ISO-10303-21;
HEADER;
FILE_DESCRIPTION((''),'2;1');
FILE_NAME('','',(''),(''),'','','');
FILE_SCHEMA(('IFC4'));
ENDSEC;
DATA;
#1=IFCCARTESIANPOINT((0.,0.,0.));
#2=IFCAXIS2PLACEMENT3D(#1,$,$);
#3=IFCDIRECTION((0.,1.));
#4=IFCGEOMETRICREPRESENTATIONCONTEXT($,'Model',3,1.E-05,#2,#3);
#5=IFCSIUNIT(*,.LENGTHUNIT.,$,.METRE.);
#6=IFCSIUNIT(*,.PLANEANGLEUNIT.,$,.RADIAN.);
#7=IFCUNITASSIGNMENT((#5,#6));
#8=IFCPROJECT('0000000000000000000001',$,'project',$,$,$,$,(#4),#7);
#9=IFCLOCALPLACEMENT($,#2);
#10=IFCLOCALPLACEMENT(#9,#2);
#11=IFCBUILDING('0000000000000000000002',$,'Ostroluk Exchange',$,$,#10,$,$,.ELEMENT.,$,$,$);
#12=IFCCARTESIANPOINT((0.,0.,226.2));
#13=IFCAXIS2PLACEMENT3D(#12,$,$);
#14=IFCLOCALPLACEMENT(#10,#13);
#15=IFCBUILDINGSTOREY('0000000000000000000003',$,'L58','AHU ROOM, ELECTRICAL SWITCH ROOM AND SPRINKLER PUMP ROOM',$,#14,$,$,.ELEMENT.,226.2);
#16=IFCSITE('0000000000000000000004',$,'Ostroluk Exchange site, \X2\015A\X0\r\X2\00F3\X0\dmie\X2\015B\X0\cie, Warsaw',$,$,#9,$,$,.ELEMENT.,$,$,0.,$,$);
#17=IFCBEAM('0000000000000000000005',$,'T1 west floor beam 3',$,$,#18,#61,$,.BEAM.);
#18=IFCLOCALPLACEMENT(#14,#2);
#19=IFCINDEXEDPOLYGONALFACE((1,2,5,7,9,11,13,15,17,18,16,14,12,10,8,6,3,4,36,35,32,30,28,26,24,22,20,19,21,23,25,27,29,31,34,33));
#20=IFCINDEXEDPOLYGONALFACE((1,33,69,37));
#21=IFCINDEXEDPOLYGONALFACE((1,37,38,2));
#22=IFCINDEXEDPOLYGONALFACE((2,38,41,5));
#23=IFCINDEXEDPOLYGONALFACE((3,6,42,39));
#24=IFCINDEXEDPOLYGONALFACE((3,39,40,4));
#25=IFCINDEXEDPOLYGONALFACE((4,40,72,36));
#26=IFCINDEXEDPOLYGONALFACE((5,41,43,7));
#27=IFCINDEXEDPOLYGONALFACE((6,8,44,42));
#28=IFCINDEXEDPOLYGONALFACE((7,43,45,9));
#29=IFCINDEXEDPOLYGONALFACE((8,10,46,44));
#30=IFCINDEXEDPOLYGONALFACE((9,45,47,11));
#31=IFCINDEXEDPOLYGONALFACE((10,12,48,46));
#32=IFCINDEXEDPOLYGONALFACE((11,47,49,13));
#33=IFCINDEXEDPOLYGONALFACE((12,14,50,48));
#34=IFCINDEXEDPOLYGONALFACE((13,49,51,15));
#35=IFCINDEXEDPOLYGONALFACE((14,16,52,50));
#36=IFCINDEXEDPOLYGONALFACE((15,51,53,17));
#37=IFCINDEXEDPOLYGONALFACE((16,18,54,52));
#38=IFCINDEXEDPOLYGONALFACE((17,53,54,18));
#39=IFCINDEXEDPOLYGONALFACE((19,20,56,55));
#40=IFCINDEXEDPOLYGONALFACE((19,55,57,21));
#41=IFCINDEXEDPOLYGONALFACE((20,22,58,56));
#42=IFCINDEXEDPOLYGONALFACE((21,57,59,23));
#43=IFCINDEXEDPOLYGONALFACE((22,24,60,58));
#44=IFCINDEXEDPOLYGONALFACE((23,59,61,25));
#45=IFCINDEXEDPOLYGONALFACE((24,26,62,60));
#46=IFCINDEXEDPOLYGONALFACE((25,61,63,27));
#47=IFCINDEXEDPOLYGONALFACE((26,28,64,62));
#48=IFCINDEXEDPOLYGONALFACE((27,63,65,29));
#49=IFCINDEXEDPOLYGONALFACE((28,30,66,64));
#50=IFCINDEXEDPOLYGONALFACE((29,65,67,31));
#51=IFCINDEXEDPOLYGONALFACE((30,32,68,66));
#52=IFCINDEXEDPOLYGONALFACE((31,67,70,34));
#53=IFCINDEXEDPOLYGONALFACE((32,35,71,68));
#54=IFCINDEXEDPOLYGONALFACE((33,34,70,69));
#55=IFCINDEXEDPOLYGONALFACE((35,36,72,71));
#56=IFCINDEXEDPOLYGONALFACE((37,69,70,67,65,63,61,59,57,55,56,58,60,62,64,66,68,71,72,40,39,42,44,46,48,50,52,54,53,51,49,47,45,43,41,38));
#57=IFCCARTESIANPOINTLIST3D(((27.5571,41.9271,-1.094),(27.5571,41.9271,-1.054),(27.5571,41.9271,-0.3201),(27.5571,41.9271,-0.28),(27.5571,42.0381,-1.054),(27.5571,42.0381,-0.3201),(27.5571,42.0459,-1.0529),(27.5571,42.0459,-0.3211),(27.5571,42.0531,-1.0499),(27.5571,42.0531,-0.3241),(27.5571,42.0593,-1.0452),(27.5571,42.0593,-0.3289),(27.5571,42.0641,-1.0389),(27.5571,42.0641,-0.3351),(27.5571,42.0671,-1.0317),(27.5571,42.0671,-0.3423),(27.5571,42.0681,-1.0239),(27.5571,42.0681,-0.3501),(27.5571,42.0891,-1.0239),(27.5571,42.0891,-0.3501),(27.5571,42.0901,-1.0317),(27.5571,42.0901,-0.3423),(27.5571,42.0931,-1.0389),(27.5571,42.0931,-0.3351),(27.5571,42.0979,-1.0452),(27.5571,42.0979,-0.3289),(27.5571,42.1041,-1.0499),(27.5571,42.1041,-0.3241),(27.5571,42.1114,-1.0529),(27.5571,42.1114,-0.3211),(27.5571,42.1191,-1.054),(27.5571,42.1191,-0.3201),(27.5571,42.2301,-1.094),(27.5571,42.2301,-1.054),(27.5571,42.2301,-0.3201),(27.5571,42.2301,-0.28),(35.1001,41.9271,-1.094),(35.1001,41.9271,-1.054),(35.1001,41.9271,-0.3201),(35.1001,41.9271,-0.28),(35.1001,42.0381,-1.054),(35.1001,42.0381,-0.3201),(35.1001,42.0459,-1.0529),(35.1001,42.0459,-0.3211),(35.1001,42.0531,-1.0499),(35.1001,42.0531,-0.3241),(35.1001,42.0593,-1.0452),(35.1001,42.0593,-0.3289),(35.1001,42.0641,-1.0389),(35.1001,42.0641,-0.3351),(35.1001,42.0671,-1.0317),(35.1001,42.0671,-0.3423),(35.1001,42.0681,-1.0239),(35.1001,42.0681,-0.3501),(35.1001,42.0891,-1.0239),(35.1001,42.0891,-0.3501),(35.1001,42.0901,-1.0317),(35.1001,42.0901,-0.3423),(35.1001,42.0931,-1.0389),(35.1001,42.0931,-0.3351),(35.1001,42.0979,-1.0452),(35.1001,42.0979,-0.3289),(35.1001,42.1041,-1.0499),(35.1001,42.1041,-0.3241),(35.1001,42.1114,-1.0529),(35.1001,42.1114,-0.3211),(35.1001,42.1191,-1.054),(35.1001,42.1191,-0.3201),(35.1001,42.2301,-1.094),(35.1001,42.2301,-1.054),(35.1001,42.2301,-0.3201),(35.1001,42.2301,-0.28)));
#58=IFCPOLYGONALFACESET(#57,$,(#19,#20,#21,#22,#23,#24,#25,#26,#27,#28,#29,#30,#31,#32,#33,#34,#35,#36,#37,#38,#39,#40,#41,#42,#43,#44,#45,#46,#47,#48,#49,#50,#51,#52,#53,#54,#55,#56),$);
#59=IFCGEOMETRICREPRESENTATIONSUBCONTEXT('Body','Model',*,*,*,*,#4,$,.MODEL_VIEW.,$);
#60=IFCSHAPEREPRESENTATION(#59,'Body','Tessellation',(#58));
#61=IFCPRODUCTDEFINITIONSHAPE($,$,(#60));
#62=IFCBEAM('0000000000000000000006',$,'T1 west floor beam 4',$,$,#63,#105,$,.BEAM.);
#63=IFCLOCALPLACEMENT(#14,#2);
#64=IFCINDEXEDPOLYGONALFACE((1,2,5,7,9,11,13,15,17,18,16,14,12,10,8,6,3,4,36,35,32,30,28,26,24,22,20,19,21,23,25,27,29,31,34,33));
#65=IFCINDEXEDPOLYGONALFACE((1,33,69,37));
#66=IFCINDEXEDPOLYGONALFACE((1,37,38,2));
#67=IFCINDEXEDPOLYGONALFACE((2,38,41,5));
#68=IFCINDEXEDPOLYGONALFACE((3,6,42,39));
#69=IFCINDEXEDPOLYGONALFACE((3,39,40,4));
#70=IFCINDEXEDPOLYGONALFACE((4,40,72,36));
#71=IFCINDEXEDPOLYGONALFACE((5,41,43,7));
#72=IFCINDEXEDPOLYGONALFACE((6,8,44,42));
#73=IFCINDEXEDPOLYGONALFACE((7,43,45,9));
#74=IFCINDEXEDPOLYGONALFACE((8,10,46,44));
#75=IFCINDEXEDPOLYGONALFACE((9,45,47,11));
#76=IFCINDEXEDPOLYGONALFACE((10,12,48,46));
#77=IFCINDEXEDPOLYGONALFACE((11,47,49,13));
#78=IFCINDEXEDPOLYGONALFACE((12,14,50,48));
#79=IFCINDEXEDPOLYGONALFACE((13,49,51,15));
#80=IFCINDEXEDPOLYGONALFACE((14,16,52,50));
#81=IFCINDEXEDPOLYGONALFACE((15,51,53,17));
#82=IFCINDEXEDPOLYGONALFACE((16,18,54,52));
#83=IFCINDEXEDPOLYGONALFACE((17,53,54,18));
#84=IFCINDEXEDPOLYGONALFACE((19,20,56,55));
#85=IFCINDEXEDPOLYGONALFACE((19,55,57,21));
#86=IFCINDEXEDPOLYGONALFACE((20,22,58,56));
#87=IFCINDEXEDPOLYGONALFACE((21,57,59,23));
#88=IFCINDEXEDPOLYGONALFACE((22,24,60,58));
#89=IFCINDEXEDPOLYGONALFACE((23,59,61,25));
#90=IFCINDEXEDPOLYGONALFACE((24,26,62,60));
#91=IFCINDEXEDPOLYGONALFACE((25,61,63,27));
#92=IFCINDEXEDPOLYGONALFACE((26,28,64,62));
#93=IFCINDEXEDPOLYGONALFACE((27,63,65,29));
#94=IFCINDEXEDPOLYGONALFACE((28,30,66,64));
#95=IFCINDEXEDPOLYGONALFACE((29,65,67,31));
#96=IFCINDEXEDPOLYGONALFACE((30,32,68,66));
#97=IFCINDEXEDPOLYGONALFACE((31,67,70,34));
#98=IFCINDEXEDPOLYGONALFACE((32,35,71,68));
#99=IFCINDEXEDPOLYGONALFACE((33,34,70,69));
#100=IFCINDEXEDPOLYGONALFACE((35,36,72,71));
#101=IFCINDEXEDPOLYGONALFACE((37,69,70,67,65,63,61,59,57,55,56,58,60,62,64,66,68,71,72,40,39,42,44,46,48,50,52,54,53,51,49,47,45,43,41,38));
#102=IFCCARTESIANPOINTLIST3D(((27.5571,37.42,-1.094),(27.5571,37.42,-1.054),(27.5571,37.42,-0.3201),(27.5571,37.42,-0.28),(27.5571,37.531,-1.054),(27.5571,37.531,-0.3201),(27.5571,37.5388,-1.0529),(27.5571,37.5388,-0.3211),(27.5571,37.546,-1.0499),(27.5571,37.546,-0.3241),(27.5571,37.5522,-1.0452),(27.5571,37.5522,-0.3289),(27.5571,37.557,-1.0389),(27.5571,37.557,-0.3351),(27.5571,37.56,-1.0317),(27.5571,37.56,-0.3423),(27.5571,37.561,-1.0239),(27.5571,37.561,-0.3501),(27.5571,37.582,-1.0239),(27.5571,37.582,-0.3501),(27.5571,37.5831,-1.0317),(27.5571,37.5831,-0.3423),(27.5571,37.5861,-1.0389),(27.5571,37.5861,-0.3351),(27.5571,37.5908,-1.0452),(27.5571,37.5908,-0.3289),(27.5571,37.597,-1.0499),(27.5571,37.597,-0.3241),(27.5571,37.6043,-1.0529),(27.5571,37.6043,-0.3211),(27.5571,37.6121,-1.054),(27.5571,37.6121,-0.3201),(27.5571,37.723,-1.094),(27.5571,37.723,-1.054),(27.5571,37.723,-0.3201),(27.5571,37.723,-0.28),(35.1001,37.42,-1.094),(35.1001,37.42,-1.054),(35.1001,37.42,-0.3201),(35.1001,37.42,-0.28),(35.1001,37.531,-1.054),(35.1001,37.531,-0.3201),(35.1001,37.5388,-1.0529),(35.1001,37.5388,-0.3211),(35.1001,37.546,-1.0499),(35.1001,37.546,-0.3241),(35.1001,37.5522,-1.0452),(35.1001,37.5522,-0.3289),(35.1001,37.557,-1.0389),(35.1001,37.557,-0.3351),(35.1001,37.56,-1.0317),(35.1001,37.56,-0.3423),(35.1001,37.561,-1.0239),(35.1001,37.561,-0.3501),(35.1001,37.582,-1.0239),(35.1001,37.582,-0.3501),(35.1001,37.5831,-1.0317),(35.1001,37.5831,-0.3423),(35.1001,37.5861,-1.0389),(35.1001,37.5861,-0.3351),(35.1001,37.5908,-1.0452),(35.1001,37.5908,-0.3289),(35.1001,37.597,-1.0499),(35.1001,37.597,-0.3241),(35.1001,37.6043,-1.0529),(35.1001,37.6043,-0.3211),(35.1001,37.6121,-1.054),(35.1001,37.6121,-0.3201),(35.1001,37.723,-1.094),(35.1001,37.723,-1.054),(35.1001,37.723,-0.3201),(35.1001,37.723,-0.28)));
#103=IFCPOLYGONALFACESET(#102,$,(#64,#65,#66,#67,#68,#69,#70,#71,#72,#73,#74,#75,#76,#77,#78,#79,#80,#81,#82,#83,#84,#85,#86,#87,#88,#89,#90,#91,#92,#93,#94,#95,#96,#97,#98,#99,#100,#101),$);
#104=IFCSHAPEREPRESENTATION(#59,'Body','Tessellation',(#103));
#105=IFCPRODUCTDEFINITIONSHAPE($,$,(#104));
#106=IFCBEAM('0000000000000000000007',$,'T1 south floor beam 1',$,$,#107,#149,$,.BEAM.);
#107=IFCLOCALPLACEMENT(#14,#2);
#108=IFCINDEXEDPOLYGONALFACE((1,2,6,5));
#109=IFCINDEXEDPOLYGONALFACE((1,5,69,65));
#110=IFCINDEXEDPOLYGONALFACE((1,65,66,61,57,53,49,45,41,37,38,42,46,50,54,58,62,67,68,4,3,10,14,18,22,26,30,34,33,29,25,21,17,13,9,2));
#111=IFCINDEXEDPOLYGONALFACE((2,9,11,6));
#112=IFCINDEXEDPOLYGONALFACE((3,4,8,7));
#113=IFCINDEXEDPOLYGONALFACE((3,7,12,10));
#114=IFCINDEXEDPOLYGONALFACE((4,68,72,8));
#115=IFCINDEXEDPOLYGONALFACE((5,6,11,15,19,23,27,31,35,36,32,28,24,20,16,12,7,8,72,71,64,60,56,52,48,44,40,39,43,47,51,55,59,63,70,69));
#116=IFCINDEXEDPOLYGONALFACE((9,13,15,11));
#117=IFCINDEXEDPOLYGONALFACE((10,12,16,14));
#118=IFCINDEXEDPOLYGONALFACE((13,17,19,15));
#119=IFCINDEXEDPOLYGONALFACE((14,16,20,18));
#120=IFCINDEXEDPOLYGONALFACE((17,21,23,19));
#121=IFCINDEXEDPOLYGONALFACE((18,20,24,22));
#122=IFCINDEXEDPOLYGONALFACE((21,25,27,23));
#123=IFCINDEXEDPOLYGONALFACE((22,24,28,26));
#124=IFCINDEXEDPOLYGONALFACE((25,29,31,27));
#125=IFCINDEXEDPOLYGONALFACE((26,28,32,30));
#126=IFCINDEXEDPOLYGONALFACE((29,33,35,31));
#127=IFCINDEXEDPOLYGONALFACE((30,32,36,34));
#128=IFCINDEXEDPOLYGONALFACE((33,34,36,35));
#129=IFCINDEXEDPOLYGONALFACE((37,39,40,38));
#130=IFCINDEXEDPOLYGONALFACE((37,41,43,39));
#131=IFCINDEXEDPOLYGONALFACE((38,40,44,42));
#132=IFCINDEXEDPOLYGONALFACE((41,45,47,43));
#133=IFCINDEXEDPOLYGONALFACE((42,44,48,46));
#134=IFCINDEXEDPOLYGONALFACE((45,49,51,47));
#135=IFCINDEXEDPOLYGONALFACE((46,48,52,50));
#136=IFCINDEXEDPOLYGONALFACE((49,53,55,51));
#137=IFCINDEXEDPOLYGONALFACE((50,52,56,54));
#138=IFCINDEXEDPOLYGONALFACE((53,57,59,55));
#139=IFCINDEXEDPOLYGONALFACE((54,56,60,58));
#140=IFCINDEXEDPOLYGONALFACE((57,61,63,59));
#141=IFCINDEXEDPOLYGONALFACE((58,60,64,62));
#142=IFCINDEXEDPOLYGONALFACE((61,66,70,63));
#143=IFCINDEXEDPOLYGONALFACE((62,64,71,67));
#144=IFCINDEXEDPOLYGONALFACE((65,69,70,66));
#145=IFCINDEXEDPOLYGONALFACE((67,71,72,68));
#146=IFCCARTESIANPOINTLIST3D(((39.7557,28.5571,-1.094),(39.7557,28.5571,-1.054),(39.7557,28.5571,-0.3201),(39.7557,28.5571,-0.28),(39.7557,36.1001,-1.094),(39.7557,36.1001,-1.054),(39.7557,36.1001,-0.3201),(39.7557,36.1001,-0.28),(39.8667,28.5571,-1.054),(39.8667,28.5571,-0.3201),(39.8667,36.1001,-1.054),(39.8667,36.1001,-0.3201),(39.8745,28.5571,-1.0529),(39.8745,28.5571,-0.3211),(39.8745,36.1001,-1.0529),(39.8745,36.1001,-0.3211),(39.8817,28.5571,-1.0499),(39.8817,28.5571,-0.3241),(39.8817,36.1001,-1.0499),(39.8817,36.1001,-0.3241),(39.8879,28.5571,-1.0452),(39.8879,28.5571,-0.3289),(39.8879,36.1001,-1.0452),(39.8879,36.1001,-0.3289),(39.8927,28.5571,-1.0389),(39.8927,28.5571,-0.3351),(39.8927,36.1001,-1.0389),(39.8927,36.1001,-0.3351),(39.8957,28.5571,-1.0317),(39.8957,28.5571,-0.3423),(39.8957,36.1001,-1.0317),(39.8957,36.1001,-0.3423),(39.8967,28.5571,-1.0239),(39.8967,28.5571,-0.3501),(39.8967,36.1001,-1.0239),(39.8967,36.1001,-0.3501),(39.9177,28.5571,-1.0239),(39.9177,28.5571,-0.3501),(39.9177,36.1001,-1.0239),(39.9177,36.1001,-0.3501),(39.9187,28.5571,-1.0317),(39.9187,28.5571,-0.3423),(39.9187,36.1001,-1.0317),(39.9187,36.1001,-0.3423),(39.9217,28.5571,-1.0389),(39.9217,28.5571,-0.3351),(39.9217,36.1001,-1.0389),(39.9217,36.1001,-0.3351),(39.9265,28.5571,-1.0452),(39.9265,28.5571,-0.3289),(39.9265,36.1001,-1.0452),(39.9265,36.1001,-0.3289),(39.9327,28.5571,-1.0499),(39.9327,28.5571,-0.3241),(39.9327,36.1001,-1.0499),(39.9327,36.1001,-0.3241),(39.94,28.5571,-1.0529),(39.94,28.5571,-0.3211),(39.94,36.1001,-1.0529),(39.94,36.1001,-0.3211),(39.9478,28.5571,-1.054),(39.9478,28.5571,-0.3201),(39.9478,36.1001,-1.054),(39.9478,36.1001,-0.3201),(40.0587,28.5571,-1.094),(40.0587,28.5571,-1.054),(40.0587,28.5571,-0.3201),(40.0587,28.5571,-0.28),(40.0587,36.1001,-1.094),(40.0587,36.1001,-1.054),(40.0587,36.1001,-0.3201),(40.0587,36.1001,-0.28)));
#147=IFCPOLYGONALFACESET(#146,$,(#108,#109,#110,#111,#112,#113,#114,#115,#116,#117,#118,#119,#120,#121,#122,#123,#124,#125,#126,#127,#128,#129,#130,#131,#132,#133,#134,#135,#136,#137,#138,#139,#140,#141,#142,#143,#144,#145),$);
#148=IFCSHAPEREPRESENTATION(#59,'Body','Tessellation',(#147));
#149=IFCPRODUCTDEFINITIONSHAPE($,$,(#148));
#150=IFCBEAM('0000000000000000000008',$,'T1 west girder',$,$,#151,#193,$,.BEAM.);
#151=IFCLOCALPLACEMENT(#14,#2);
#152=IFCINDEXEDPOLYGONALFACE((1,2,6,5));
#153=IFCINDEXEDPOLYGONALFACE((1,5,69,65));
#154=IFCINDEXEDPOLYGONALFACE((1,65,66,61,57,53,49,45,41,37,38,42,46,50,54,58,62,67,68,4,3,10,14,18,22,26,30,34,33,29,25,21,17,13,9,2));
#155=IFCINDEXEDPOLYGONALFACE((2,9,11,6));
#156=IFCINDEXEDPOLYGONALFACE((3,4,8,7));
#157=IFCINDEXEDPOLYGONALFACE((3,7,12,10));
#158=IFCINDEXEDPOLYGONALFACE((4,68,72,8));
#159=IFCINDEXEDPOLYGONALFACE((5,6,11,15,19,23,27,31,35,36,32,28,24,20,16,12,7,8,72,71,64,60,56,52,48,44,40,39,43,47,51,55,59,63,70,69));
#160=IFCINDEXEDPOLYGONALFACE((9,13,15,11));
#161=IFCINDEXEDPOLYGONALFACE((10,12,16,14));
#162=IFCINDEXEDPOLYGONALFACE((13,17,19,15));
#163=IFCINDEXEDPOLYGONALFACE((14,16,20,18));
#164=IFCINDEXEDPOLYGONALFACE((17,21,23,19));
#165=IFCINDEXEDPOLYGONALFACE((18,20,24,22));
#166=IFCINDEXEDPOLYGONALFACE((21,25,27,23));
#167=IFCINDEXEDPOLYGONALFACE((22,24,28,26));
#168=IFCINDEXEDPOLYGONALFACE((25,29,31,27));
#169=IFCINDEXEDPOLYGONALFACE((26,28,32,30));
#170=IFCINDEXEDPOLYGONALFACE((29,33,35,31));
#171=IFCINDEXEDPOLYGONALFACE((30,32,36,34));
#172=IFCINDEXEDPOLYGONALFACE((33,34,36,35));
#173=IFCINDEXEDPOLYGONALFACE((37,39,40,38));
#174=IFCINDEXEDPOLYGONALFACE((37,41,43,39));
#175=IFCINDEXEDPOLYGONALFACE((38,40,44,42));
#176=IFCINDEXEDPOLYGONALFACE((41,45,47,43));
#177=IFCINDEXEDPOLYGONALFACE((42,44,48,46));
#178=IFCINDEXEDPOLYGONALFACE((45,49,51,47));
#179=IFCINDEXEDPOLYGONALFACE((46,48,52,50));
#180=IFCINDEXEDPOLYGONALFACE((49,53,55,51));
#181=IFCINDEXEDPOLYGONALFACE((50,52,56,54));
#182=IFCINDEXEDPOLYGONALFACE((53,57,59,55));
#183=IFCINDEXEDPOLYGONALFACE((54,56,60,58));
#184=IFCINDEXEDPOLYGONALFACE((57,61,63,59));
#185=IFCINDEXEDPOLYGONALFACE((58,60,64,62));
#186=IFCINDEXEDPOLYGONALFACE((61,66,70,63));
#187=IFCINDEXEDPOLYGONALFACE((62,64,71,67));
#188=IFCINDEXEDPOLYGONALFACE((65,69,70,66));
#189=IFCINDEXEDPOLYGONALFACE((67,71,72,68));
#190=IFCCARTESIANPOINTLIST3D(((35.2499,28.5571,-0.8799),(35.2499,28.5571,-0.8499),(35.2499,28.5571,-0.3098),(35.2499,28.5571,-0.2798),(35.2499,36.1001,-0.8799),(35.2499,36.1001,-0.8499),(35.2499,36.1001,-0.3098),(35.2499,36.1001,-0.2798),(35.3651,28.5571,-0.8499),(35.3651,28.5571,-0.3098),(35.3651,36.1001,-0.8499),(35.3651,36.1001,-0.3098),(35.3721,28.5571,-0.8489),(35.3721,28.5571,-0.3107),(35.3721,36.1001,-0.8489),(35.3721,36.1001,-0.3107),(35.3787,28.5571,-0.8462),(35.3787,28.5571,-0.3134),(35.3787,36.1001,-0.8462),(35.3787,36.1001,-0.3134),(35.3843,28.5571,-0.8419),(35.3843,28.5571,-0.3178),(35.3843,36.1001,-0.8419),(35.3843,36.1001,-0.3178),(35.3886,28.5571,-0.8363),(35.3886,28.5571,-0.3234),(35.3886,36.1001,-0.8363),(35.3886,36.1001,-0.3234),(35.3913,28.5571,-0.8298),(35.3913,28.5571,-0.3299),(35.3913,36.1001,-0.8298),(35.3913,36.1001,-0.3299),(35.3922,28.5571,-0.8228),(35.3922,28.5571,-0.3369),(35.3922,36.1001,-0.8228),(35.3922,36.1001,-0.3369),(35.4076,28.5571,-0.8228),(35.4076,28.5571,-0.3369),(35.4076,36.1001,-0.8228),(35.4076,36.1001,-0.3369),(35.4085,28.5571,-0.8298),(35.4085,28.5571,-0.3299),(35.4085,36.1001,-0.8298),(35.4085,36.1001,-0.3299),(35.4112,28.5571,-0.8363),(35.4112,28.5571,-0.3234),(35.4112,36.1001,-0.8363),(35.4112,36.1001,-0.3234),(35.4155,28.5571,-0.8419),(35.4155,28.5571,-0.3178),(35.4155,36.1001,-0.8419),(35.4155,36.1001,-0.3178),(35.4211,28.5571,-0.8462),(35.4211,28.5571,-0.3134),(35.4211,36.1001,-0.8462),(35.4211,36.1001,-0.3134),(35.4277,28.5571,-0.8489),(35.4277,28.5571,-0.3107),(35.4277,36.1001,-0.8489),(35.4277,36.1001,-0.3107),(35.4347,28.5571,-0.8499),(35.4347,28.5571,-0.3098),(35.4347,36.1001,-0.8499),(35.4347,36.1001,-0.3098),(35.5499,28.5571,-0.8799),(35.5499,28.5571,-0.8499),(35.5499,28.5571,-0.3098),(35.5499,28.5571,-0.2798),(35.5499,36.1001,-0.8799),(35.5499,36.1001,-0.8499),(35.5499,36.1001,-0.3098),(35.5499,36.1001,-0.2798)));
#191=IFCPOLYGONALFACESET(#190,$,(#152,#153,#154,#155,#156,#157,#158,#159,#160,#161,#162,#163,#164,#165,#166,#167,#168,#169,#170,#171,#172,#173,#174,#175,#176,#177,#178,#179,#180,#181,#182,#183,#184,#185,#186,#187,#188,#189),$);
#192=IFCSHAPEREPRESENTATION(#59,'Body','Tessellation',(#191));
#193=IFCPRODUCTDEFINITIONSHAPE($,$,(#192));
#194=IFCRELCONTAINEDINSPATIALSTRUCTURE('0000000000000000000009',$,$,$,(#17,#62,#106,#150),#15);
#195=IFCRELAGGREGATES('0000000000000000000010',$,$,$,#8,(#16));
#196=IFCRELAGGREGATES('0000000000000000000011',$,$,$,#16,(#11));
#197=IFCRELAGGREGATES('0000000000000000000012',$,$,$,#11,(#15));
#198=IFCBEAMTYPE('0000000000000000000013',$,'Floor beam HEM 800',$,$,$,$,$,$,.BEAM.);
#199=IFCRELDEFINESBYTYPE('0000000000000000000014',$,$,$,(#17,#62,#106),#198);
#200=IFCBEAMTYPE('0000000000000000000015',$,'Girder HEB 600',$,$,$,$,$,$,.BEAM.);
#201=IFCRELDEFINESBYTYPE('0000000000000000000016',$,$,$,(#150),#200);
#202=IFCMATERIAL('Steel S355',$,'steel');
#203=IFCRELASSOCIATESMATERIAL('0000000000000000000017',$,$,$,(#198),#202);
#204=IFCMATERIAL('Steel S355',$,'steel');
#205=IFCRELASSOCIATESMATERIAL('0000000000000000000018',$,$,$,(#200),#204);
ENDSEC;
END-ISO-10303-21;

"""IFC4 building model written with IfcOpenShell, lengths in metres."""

from ifc_helpers import new_model, si_unit, direction, frame, origin, origin_2d, place, context, subcontext, project, spatial, i_section, extrude, material, material_profile, profile_set, type_object, element, save


model = new_model("IFC4")

# Units and contexts
model_context = context("Model", 3, precision=1e-05, world=origin(), true_north=direction((0.0, 1.0)))
body_context = subcontext(model_context, "Body", "Model", "MODEL_VIEW")
ifc_project = project(units=[si_unit("LENGTHUNIT", "METRE"), si_unit("PLANEANGLEUNIT", "RADIAN")], contexts=[model_context])

# Site, building, storey
site_placement = place(None, origin())
site = spatial("IfcSite", under=ifc_project, at=site_placement, Name="Ostroluk Exchange site, Śródmieście, Warsaw", CompositionType="ELEMENT", RefElevation=0.0)
building_placement = place(site_placement, origin())
building = spatial("IfcBuilding", under=site, at=building_placement, Name="Ostroluk Exchange", CompositionType="ELEMENT")
storey_placement = place(building_placement, frame((0.0, 0.0, 226.2)))
storey = spatial("IfcBuildingStorey", under=building, at=storey_placement, Name="L58", Description="AHU ROOM, ELECTRICAL SWITCH ROOM AND SPRINKLER PUMP ROOM", CompositionType="ELEMENT", Elevation=226.2)

# Beams
ifc_material_1 = material(Name="Steel S355", Category="steel")
ifc_material_profile_1 = material_profile(ifc_material_1, i_section(OverallWidth=0.303, OverallDepth=0.814, WebThickness=0.021, FlangeThickness=0.04, FilletRadius=0.03, at=origin_2d()), Name="HEM 800")
ifc_profile_set_1 = profile_set([ifc_material_profile_1], Name="Steel S355")
beam_type_1 = type_object("IfcBeamType", Name="Floor beam HEM 800", PredefinedType="BEAM", material=ifc_profile_set_1)
for number, where, z_axis, x_axis, name in (
    (1, (35.1001, 42.0786, -0.687), (-1.0, 0.0, 0.0), (0.0, -1.0, 0.0), "T1 west floor beam 3"),
    (2, (35.1001, 37.5715, -0.687), (-1.0, 0.0, 0.0), (0.0, -1.0, 0.0), "T1 west floor beam 4"),
    (3, (39.9072, 36.1001, -0.687), (0.0, -1.0, 0.0), (1.0, 0.0, 0.0), "T1 south floor beam 1"),
):
    element("IfcBeam", number, at=place(storey_placement, frame(where, z_axis=z_axis, x_axis=x_axis)), inside=storey, type_object=beam_type_1, Name=name, PredefinedType="BEAM", context=body_context, shape_type="SweptSolid", body=[
        extrude(i_section(OverallWidth=0.303, OverallDepth=0.814, WebThickness=0.021, FlangeThickness=0.04, FilletRadius=0.03, at=origin_2d()), origin(), (0.0, 0.0, 1.0), 7.543),
    ])
ifc_material_2 = material(Name="Steel S355", Category="steel")
ifc_material_profile_2 = material_profile(ifc_material_2, i_section(OverallWidth=0.3, OverallDepth=0.6001, WebThickness=0.0154, FlangeThickness=0.03, FilletRadius=0.0271, at=origin_2d()), Name="HEB 600")
ifc_profile_set_2 = profile_set([ifc_material_profile_2], Name="Steel S355")
beam_type_2 = type_object("IfcBeamType", Name="Girder HEB 600", PredefinedType="BEAM", material=ifc_profile_set_2)
beam_placement = place(storey_placement, frame((35.3999, 36.1001, -0.5798), z_axis=(0.0, -1.0, 0.0), x_axis=(1.0, 0.0, 0.0)))
element("IfcBeam", 4, at=beam_placement, inside=storey, type_object=beam_type_2, Name="T1 west girder", PredefinedType="BEAM", context=body_context, shape_type="SweptSolid", body=[
    extrude(i_section(OverallWidth=0.3, OverallDepth=0.6001, WebThickness=0.0154, FlangeThickness=0.03, FilletRadius=0.0271, at=origin_2d()), origin(), (0.0, 0.0, 1.0), 7.543),
])

save(model, "model.ifc")
